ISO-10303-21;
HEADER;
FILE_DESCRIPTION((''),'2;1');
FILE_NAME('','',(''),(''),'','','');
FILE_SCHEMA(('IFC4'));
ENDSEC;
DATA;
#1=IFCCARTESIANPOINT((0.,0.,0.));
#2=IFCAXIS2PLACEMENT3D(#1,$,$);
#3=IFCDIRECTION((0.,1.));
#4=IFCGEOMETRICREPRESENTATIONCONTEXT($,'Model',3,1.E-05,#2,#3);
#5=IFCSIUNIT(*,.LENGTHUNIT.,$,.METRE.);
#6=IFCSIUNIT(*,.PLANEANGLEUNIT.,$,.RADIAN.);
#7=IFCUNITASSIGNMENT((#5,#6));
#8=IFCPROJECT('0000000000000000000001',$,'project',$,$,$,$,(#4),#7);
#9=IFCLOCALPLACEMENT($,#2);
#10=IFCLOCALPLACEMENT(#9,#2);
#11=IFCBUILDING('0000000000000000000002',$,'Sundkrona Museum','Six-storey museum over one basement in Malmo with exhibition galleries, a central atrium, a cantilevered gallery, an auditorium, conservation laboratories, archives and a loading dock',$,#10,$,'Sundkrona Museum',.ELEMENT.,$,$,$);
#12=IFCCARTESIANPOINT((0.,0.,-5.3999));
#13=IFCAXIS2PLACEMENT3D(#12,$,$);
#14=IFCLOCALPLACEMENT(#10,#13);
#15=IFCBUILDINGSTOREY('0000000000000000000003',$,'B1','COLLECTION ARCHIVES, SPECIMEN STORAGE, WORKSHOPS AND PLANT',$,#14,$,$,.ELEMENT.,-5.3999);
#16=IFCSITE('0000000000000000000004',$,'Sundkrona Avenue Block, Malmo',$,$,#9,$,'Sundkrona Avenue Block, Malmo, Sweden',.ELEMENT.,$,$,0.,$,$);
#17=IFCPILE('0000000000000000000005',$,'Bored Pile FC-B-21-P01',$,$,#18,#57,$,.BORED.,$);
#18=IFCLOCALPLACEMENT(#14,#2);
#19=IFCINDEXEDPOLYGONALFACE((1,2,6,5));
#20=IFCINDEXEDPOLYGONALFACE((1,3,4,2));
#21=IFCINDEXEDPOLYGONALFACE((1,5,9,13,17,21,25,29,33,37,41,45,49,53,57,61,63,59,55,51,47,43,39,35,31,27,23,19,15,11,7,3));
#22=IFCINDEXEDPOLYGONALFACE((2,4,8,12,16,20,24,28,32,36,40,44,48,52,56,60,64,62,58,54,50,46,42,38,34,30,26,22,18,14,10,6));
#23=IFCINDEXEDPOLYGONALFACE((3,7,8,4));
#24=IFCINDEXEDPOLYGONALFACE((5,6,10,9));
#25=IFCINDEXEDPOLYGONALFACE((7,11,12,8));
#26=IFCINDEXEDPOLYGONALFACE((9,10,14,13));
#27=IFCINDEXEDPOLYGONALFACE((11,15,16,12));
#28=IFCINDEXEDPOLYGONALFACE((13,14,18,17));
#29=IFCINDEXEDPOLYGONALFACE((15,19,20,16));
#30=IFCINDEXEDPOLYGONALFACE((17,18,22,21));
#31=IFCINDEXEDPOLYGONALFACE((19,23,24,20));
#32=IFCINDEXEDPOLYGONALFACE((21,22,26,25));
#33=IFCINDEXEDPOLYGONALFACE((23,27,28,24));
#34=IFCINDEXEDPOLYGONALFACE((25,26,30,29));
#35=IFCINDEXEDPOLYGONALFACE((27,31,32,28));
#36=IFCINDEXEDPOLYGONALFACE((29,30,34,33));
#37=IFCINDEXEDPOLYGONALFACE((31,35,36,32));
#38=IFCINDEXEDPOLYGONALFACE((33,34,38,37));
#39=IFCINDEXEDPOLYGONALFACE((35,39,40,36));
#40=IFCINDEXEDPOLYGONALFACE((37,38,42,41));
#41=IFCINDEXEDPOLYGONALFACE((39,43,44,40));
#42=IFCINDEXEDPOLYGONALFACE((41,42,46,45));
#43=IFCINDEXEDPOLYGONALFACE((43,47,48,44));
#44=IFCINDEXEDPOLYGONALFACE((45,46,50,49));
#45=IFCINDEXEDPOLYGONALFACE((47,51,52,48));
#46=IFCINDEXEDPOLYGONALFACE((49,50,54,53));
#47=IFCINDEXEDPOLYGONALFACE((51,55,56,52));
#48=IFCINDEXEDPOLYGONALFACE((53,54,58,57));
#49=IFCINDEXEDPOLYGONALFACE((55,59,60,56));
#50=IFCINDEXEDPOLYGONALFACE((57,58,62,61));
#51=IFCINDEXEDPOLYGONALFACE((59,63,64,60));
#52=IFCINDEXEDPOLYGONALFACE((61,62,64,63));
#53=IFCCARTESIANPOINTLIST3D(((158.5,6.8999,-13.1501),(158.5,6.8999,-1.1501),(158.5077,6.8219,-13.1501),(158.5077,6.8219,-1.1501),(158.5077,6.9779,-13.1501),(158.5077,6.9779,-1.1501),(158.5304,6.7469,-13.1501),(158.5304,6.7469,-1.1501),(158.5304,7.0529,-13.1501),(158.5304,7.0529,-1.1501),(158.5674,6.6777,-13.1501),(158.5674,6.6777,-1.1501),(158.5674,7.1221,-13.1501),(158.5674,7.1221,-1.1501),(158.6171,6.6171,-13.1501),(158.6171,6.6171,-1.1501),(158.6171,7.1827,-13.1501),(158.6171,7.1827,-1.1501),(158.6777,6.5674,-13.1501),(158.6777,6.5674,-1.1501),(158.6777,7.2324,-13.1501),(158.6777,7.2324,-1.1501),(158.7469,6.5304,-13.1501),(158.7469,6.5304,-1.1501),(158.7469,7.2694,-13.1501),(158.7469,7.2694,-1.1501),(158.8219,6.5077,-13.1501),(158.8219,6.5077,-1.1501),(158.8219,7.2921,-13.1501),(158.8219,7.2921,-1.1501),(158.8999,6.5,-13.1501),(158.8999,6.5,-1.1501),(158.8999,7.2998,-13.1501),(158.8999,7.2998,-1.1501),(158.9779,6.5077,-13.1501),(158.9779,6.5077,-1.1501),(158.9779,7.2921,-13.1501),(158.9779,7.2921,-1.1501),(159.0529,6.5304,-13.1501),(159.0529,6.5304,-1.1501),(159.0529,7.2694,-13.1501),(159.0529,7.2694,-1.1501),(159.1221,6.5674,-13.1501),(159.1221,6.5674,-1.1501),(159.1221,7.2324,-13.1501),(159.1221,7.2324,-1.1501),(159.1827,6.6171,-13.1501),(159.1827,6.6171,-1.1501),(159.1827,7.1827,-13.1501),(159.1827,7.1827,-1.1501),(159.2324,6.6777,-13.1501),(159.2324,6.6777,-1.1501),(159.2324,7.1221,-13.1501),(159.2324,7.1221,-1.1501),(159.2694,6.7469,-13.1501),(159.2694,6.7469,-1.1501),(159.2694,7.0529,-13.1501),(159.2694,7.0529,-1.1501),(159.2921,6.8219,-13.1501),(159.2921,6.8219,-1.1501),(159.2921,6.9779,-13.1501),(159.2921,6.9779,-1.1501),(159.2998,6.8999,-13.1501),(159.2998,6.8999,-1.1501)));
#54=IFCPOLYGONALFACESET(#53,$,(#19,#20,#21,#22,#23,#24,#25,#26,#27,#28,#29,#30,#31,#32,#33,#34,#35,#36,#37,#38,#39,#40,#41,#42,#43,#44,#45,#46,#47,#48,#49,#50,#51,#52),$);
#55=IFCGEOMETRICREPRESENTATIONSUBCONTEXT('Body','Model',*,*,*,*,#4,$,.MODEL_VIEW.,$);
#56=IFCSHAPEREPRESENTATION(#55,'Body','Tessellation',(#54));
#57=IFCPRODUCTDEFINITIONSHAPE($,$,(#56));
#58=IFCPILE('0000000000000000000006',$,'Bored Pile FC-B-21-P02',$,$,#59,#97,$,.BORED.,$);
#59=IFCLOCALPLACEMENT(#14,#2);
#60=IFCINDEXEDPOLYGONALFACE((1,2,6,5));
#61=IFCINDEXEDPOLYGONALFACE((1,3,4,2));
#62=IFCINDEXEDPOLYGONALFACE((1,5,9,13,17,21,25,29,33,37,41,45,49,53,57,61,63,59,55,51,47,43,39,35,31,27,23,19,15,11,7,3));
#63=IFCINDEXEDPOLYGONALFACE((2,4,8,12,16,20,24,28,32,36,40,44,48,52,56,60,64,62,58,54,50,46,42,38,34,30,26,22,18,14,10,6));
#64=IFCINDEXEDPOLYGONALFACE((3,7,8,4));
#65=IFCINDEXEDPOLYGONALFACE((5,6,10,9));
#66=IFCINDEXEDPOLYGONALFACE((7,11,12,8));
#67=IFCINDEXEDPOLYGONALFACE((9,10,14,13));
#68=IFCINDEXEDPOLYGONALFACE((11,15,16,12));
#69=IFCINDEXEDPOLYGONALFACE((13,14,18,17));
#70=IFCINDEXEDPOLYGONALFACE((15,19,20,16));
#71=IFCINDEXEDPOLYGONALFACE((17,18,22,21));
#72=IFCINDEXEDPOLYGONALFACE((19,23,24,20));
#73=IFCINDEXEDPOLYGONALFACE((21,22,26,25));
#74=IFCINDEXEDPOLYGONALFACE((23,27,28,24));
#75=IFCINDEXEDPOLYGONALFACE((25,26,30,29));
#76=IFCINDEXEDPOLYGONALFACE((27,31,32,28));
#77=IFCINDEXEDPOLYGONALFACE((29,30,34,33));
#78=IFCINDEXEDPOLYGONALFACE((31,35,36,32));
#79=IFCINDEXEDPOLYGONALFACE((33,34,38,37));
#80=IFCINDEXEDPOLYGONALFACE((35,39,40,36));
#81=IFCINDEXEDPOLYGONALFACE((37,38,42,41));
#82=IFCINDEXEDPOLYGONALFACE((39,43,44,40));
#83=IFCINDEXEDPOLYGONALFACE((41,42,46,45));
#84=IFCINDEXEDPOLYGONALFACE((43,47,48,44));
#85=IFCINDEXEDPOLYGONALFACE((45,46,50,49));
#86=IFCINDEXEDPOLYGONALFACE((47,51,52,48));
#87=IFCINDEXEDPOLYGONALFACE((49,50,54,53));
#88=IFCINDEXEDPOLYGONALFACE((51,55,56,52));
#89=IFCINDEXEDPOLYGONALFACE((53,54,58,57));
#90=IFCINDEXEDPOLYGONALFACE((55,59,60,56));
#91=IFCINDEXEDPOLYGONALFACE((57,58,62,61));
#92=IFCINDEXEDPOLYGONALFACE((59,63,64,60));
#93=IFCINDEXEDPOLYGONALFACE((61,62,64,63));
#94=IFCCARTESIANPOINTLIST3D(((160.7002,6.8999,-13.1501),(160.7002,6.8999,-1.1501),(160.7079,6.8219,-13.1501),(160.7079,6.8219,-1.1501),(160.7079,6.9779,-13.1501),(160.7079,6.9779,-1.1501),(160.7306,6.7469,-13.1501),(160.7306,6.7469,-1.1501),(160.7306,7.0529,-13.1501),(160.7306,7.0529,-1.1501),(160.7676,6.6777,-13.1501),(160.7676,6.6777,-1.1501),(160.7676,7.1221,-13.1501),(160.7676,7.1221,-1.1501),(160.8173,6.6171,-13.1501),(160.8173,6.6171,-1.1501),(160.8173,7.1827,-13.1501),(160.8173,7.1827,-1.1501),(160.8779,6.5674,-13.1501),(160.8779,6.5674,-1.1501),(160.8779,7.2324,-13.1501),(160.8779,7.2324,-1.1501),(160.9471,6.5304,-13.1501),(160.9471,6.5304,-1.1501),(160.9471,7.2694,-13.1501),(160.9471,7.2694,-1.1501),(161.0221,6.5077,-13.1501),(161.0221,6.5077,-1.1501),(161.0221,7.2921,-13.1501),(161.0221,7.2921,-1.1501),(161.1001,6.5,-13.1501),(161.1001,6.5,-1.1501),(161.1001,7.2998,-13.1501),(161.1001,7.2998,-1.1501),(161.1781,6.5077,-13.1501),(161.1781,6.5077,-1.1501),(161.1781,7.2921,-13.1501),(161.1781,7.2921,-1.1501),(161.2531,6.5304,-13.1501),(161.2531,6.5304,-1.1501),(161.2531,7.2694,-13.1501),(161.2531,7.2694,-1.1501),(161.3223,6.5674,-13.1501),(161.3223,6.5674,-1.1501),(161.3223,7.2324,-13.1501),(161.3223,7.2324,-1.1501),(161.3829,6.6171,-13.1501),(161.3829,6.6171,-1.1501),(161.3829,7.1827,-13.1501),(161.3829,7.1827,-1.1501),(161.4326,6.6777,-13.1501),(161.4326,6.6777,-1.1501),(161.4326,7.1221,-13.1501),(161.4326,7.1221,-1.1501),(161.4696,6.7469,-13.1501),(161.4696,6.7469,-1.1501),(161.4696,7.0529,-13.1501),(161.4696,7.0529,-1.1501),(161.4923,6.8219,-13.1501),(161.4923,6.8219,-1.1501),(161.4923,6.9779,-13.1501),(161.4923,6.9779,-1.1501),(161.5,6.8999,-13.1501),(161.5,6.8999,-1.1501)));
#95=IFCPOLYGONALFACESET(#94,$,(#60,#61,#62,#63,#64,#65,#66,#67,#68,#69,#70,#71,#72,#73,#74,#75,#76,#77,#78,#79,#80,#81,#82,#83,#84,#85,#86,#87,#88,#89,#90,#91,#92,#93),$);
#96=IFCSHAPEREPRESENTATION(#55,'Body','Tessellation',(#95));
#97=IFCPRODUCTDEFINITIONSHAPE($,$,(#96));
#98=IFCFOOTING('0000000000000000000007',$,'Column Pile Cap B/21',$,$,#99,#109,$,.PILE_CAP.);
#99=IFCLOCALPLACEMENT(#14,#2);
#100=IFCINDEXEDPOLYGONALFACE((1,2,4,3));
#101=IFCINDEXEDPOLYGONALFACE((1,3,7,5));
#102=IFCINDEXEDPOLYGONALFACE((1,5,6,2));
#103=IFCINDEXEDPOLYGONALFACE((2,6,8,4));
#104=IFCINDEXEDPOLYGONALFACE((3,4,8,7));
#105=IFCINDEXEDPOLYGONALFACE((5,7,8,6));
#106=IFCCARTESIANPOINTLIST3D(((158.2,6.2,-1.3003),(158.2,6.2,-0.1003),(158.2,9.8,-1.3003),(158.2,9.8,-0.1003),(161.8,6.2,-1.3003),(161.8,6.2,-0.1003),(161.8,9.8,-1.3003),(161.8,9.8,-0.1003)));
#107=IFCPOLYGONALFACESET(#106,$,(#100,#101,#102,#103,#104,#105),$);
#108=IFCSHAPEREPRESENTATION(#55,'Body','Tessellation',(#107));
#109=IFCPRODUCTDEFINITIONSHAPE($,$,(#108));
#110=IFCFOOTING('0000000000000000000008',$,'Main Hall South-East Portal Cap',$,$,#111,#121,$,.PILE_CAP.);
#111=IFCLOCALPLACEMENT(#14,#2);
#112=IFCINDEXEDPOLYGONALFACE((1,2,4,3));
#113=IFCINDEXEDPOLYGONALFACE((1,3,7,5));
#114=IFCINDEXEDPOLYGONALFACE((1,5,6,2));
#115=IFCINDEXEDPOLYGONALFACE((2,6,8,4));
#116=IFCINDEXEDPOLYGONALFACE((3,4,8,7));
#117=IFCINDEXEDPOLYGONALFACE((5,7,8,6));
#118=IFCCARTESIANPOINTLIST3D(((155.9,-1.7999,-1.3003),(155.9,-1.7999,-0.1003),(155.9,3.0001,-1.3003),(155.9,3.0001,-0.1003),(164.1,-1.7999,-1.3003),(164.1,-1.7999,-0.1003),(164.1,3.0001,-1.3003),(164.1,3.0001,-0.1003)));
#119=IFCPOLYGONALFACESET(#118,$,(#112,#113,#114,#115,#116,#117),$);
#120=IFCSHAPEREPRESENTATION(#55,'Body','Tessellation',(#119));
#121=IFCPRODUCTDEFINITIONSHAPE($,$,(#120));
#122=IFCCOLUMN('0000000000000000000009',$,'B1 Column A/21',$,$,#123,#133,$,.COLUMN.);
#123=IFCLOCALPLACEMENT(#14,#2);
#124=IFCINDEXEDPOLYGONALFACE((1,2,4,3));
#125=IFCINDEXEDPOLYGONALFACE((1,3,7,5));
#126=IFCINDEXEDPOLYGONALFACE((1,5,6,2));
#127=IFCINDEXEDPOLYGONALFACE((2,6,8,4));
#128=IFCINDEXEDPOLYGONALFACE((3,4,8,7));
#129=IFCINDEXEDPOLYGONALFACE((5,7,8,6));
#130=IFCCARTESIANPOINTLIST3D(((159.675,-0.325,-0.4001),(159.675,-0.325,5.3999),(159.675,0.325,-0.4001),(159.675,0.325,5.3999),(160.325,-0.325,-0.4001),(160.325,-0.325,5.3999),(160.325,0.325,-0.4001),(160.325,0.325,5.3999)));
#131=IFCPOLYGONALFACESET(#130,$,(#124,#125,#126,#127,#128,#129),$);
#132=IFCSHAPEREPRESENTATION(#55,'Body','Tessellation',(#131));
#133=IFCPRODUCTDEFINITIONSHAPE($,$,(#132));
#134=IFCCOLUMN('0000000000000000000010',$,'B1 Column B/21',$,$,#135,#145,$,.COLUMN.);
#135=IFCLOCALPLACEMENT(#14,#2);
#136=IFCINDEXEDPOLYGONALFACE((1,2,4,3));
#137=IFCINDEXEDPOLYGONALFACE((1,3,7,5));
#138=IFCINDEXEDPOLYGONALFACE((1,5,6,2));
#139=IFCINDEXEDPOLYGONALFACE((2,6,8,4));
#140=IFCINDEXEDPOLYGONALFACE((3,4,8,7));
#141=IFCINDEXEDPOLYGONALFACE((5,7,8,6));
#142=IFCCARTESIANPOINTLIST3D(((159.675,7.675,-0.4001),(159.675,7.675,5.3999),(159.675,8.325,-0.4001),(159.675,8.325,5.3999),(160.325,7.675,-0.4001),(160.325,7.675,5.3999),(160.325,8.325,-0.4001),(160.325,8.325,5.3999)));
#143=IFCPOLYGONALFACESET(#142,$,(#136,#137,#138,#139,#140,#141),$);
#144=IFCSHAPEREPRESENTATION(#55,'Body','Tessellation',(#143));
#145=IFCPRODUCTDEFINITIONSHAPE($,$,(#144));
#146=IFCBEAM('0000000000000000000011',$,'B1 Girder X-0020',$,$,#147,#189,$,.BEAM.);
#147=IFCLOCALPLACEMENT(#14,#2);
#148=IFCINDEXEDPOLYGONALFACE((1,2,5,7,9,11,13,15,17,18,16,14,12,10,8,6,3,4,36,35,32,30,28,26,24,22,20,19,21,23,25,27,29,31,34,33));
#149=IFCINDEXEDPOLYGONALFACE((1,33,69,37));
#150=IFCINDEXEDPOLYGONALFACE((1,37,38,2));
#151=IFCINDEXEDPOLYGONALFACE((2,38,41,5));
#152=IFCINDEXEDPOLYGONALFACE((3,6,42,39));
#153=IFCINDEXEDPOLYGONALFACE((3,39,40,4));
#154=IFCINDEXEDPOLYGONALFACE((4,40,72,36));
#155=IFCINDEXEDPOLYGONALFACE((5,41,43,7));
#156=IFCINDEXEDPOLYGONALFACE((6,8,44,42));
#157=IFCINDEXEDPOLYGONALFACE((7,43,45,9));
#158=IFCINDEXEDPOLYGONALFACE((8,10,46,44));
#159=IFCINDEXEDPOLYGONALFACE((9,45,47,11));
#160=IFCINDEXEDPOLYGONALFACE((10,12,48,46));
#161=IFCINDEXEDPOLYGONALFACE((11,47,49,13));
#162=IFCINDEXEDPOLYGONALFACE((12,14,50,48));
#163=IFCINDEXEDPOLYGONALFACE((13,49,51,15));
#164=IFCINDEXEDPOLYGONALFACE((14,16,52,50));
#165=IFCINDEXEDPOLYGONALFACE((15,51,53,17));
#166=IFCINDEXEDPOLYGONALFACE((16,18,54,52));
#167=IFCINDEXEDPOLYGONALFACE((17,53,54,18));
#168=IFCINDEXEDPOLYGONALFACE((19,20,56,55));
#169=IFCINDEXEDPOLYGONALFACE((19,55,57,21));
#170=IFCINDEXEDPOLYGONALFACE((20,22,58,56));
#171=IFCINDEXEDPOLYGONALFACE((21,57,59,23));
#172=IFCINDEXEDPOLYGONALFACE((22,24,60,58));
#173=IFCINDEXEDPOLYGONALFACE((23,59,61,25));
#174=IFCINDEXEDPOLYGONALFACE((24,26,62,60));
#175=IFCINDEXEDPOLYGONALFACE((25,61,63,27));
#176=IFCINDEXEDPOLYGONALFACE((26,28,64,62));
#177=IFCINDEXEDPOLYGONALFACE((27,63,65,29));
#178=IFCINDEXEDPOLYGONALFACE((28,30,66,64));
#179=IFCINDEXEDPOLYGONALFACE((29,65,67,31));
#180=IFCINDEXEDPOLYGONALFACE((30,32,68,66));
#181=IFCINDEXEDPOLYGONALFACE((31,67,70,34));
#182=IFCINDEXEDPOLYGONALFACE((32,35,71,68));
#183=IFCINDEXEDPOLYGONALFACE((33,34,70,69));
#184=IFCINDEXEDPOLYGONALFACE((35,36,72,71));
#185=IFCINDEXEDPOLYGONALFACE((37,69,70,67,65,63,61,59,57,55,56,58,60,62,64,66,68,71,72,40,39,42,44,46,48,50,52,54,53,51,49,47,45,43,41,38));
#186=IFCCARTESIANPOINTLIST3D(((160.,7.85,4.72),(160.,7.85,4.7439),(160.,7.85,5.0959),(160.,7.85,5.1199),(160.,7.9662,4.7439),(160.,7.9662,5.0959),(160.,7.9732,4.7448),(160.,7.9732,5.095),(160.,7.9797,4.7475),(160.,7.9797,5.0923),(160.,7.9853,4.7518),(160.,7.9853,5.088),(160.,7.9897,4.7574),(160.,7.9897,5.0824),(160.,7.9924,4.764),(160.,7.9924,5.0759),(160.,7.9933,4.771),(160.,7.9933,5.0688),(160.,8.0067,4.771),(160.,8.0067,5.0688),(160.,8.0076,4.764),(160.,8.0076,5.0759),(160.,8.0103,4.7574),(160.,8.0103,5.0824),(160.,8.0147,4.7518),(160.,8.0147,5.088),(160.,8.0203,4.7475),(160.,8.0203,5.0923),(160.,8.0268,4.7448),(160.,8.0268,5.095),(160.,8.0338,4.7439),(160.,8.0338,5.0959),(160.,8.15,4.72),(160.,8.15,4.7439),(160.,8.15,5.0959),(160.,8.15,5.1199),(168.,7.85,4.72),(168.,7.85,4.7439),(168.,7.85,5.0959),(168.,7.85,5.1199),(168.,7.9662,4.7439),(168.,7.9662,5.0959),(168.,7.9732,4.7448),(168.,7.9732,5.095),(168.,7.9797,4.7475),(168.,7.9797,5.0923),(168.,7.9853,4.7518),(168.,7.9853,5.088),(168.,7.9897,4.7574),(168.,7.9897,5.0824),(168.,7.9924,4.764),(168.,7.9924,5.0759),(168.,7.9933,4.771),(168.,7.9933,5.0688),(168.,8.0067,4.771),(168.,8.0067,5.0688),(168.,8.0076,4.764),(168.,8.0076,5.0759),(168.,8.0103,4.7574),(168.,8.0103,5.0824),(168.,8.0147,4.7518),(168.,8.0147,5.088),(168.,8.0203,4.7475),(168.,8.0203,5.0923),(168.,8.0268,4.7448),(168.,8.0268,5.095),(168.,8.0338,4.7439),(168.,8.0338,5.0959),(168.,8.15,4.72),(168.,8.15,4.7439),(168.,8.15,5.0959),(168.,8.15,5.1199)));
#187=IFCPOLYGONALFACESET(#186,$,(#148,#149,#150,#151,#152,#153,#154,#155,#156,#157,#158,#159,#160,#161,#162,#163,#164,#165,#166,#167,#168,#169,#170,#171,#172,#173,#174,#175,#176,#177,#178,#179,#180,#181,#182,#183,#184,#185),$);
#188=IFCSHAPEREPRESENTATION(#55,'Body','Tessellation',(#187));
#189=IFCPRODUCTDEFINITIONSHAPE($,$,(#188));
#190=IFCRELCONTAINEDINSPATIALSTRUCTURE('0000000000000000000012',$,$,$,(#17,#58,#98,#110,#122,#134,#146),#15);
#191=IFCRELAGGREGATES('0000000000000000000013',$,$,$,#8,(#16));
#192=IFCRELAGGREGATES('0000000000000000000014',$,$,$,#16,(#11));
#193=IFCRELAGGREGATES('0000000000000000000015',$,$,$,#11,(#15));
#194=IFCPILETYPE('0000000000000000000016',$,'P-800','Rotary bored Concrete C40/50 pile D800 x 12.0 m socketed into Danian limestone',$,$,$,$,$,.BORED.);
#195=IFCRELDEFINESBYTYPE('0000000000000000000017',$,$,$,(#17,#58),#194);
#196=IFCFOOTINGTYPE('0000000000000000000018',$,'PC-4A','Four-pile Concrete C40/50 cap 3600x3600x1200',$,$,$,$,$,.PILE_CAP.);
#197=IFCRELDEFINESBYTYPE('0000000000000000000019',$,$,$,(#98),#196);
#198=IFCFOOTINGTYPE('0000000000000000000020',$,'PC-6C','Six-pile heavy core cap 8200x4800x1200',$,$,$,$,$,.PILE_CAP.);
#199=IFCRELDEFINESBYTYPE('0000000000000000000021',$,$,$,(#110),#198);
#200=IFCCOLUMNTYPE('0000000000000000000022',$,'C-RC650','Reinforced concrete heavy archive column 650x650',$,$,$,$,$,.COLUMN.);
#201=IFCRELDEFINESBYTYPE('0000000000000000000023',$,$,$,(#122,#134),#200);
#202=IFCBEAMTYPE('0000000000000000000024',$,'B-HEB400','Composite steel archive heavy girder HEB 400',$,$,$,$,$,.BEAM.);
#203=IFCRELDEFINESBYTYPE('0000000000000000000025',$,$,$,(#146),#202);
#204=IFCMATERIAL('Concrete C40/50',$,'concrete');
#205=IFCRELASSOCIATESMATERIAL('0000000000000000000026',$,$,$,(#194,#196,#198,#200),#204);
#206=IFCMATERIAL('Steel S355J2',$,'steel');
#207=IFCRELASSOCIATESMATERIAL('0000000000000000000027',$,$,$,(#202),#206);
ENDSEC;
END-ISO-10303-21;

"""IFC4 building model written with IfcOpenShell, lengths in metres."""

from ifc_helpers import new_model, si_unit, direction, frame, origin, origin_2d, place, context, subcontext, project, spatial, rectangle, circle, i_section, extrude, material, material_profile, profile_set, type_object, element, save


model = new_model("IFC4")

# Units and contexts
model_context = context("Model", 3, precision=1e-05, world=origin(), true_north=direction((0.0, 1.0)))
body_context = subcontext(model_context, "Body", "Model", "MODEL_VIEW")
ifc_project = project(units=[si_unit("LENGTHUNIT", "METRE"), si_unit("PLANEANGLEUNIT", "RADIAN")], contexts=[model_context])

# Site, building, storey
site_placement = place(None, origin())
site = spatial("IfcSite", under=ifc_project, at=site_placement, Name="Sundkrona Avenue Block, Malmo", LongName="Sundkrona Avenue Block, Malmo, Sweden", CompositionType="ELEMENT", RefElevation=0.0)
building_placement = place(site_placement, origin())
building = spatial("IfcBuilding", under=site, at=building_placement, Name="Sundkrona Museum", Description="Six-storey museum over one basement in Malmo with exhibition galleries, a central atrium, a cantilevered gallery, an auditorium, conservation laboratories, archives and a loading dock", LongName="Sundkrona Museum", CompositionType="ELEMENT")
storey_placement = place(building_placement, frame((0.0, 0.0, -5.3999)))
storey = spatial("IfcBuildingStorey", under=building, at=storey_placement, Name="B1", Description="COLLECTION ARCHIVES, SPECIMEN STORAGE, WORKSHOPS AND PLANT", CompositionType="ELEMENT", Elevation=-5.3999)

# Shared definitions
ifc_material_1 = material(Name="Concrete C40/50", Category="concrete")

# Piles
ifc_material_profile_1 = material_profile(ifc_material_1, circle(Radius=0.3999, at=origin_2d()), Name="PILE D800")
ifc_profile_set_1 = profile_set([ifc_material_profile_1], Name="Concrete C40/50")
pile_type_1 = type_object("IfcPileType", Name="P-800", Description="Rotary bored Concrete C40/50 pile D800 x 12.0 m socketed into Danian limestone", PredefinedType="BORED", material=ifc_profile_set_1)
for number, where, z_axis, x_axis, name in (
    (1, (158.8999, 6.8999, -1.1501), (0.0, 0.0, -1.0), (1.0, 0.0, 0.0), "Bored Pile FC-B-21-P01"),
    (2, (161.1001, 6.8999, -1.1501), (0.0, 0.0, -1.0), (1.0, 0.0, 0.0), "Bored Pile FC-B-21-P02"),
):
    element("IfcPile", number, at=place(storey_placement, frame(where, z_axis=z_axis, x_axis=x_axis)), inside=storey, type_object=pile_type_1, Name=name, PredefinedType="BORED", context=body_context, shape_type="SweptSolid", body=[
        extrude(circle(Radius=0.3999, at=origin_2d()), origin(), (0.0, 0.0, 1.0), 12.0),
    ])

# Footings
footing_type_1 = type_object("IfcFootingType", Name="PC-4A", Description="Four-pile Concrete C40/50 cap 3600x3600x1200", PredefinedType="PILE_CAP", material=ifc_material_1)
footing_1_placement = place(storey_placement, frame((160.0, 8.0, -1.3003), z_axis=(0.0, 0.0, 1.0), x_axis=(1.0, 0.0, 0.0)))
element("IfcFooting", 3, at=footing_1_placement, inside=storey, type_object=footing_type_1, Name="Column Pile Cap B/21", PredefinedType="PILE_CAP", context=body_context, shape_type="SweptSolid", body=[
    extrude(rectangle(XDim=3.6001, YDim=3.6001, at=origin_2d()), origin(), (0.0, 0.0, 1.0), 1.2),
])
footing_type_2 = type_object("IfcFootingType", Name="PC-6C", Description="Six-pile heavy core cap 8200x4800x1200", PredefinedType="PILE_CAP", material=ifc_material_1)
footing_2_placement = place(storey_placement, frame((160.0, 0.6001, -1.3003), z_axis=(0.0, 0.0, 1.0), x_axis=(1.0, 0.0, 0.0)))
element("IfcFooting", 4, at=footing_2_placement, inside=storey, type_object=footing_type_2, Name="Main Hall South-East Portal Cap", PredefinedType="PILE_CAP", context=body_context, shape_type="SweptSolid", body=[
    extrude(rectangle(XDim=8.2, YDim=4.8, at=origin_2d()), origin(), (0.0, 0.0, 1.0), 1.2),
])

# Columns
ifc_material_profile_2 = material_profile(ifc_material_1, rectangle(XDim=0.6499, YDim=0.6499, at=origin_2d()), Name="RC 650x650")
ifc_profile_set_2 = profile_set([ifc_material_profile_2], Name="Concrete C40/50")
column_type = type_object("IfcColumnType", Name="C-RC650", Description="Reinforced concrete heavy archive column 650x650", PredefinedType="COLUMN", material=ifc_profile_set_2)
for number, where, z_axis, x_axis, name in (
    (5, (160.0, 0.0, -0.4001), (0.0, 0.0, 1.0), (1.0, 0.0, 0.0), "B1 Column A/21"),
    (6, (160.0, 8.0, -0.4001), (0.0, 0.0, 1.0), (1.0, 0.0, 0.0), "B1 Column B/21"),
):
    element("IfcColumn", number, at=place(storey_placement, frame(where, z_axis=z_axis, x_axis=x_axis)), inside=storey, type_object=column_type, Name=name, PredefinedType="COLUMN", context=body_context, shape_type="SweptSolid", body=[
        extrude(rectangle(XDim=0.6499, YDim=0.6499, at=origin_2d()), origin(), (0.0, 0.0, 1.0), 5.8),
    ])

# Beam
ifc_material_2 = material(Name="Steel S355J2", Category="steel")
ifc_material_profile_3 = material_profile(ifc_material_2, i_section(OverallWidth=0.3, OverallDepth=0.3999, WebThickness=0.0134, FlangeThickness=0.0239, FilletRadius=0.0271, at=origin_2d()), Name="HEB 400")
ifc_profile_set_3 = profile_set([ifc_material_profile_3], Name="Steel S355J2")
beam_type_1 = type_object("IfcBeamType", Name="B-HEB400", Description="Composite steel archive heavy girder HEB 400", PredefinedType="BEAM", material=ifc_profile_set_3)
for number, where, z_axis, x_axis, name in (
    (7, (160.0, 8.0, 4.9199), (1.0, 0.0, 0.0), (0.0, 1.0, 0.0), "B1 Girder X-0020"),
):
    element("IfcBeam", number, at=place(storey_placement, frame(where, z_axis=z_axis, x_axis=x_axis)), inside=storey, type_object=beam_type_1, Name=name, PredefinedType="BEAM", context=body_context, shape_type="SweptSolid", body=[
        extrude(i_section(OverallWidth=0.3, OverallDepth=0.3999, WebThickness=0.0134, FlangeThickness=0.0239, FilletRadius=0.0271, at=origin_2d()), origin(), (0.0, 0.0, 1.0), 8.0),
    ])

save(model, "model.ifc")
